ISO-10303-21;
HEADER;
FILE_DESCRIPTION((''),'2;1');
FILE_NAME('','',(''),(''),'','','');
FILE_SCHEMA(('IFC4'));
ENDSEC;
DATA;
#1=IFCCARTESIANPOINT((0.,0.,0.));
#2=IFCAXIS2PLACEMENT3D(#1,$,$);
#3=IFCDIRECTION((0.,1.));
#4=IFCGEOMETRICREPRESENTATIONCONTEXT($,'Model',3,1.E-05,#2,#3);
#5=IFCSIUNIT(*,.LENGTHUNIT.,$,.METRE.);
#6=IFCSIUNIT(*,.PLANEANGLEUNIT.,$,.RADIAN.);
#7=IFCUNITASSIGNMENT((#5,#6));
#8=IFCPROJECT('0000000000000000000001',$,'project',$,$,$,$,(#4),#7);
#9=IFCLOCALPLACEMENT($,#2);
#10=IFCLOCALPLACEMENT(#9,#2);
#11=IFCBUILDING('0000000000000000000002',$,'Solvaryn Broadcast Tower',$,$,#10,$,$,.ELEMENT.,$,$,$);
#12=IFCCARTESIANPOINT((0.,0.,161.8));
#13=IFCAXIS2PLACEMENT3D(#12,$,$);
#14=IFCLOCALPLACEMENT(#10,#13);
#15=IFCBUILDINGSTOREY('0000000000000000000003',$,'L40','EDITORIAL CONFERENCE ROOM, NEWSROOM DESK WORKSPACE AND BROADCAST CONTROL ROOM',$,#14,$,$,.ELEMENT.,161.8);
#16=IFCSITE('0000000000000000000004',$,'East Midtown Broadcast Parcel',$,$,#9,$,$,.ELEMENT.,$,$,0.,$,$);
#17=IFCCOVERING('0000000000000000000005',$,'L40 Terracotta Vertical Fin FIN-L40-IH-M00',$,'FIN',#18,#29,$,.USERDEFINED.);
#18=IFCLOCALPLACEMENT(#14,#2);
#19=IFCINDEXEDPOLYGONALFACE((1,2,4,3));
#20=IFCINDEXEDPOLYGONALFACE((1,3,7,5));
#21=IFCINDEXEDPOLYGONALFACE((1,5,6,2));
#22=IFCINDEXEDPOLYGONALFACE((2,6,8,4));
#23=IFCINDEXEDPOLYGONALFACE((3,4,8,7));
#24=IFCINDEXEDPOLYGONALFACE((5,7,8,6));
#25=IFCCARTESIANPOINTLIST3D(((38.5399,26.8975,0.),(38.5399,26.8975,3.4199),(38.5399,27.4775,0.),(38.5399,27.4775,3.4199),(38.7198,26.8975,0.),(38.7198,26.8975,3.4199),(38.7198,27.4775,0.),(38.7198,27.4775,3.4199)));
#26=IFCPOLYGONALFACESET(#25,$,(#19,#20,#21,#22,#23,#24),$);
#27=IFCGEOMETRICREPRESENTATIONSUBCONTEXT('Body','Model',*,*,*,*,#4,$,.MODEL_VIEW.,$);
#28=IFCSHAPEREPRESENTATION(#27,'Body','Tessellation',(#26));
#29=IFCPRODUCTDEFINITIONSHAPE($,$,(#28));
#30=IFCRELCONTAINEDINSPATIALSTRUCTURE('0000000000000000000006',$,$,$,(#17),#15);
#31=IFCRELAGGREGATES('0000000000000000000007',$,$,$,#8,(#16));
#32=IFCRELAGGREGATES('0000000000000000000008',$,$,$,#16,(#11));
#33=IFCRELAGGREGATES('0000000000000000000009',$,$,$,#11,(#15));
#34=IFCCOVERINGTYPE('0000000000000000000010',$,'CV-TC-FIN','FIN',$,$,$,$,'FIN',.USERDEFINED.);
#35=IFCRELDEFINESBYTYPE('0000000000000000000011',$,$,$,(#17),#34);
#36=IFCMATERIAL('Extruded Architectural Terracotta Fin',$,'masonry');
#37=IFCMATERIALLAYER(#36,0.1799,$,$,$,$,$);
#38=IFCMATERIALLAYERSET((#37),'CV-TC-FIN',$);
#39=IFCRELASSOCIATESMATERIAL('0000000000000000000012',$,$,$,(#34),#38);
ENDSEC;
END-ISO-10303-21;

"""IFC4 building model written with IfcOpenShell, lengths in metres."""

from ifc_helpers import new_model, si_unit, direction, frame, origin, origin_2d, place, context, subcontext, project, spatial, rectangle, extrude, material, layer, layer_set, type_object, element, save


model = new_model("IFC4")

# Units and contexts
model_context = context("Model", 3, precision=1e-05, world=origin(), true_north=direction((0.0, 1.0)))
body_context = subcontext(model_context, "Body", "Model", "MODEL_VIEW")
ifc_project = project(units=[si_unit("LENGTHUNIT", "METRE"), si_unit("PLANEANGLEUNIT", "RADIAN")], contexts=[model_context])

# Site, building, storey
site_placement = place(None, origin())
site = spatial("IfcSite", under=ifc_project, at=site_placement, Name="East Midtown Broadcast Parcel", CompositionType="ELEMENT", RefElevation=0.0)
building_placement = place(site_placement, origin())
building = spatial("IfcBuilding", under=site, at=building_placement, Name="Solvaryn Broadcast Tower", CompositionType="ELEMENT")
storey_placement = place(building_placement, frame((0.0, 0.0, 161.8)))
storey = spatial("IfcBuildingStorey", under=building, at=storey_placement, Name="L40", Description="EDITORIAL CONFERENCE ROOM, NEWSROOM DESK WORKSPACE AND BROADCAST CONTROL ROOM", CompositionType="ELEMENT", Elevation=161.8)

# Covering
ifc_material_1 = material(Name="Extruded Architectural Terracotta Fin", Category="masonry")
ifc_layer_1 = layer(ifc_material_1, 0.1799)
ifc_layer_set_1 = layer_set([ifc_layer_1], Name="CV-TC-FIN")
covering_type_1 = type_object("IfcCoveringType", Name="CV-TC-FIN", Description="FIN", ElementType="FIN", PredefinedType="USERDEFINED", material=ifc_layer_set_1)
for number, where, z_axis, x_axis, name in (
    (1, (38.6299, 27.1875, 0.0), (0.0, 0.0, 1.0), (1.0, 0.0, 0.0), "L40 Terracotta Vertical Fin FIN-L40-IH-M00"),
):
    element("IfcCovering", number, at=place(storey_placement, frame(where, z_axis=z_axis, x_axis=x_axis)), inside=storey, type_object=covering_type_1, Name=name, ObjectType="FIN", PredefinedType="USERDEFINED", context=body_context, shape_type="SweptSolid", body=[
        extrude(rectangle(XDim=0.1799, YDim=0.5801, at=origin_2d()), origin(), (0.0, 0.0, 1.0), 3.4199),
    ])

save(model, "model.ifc")
